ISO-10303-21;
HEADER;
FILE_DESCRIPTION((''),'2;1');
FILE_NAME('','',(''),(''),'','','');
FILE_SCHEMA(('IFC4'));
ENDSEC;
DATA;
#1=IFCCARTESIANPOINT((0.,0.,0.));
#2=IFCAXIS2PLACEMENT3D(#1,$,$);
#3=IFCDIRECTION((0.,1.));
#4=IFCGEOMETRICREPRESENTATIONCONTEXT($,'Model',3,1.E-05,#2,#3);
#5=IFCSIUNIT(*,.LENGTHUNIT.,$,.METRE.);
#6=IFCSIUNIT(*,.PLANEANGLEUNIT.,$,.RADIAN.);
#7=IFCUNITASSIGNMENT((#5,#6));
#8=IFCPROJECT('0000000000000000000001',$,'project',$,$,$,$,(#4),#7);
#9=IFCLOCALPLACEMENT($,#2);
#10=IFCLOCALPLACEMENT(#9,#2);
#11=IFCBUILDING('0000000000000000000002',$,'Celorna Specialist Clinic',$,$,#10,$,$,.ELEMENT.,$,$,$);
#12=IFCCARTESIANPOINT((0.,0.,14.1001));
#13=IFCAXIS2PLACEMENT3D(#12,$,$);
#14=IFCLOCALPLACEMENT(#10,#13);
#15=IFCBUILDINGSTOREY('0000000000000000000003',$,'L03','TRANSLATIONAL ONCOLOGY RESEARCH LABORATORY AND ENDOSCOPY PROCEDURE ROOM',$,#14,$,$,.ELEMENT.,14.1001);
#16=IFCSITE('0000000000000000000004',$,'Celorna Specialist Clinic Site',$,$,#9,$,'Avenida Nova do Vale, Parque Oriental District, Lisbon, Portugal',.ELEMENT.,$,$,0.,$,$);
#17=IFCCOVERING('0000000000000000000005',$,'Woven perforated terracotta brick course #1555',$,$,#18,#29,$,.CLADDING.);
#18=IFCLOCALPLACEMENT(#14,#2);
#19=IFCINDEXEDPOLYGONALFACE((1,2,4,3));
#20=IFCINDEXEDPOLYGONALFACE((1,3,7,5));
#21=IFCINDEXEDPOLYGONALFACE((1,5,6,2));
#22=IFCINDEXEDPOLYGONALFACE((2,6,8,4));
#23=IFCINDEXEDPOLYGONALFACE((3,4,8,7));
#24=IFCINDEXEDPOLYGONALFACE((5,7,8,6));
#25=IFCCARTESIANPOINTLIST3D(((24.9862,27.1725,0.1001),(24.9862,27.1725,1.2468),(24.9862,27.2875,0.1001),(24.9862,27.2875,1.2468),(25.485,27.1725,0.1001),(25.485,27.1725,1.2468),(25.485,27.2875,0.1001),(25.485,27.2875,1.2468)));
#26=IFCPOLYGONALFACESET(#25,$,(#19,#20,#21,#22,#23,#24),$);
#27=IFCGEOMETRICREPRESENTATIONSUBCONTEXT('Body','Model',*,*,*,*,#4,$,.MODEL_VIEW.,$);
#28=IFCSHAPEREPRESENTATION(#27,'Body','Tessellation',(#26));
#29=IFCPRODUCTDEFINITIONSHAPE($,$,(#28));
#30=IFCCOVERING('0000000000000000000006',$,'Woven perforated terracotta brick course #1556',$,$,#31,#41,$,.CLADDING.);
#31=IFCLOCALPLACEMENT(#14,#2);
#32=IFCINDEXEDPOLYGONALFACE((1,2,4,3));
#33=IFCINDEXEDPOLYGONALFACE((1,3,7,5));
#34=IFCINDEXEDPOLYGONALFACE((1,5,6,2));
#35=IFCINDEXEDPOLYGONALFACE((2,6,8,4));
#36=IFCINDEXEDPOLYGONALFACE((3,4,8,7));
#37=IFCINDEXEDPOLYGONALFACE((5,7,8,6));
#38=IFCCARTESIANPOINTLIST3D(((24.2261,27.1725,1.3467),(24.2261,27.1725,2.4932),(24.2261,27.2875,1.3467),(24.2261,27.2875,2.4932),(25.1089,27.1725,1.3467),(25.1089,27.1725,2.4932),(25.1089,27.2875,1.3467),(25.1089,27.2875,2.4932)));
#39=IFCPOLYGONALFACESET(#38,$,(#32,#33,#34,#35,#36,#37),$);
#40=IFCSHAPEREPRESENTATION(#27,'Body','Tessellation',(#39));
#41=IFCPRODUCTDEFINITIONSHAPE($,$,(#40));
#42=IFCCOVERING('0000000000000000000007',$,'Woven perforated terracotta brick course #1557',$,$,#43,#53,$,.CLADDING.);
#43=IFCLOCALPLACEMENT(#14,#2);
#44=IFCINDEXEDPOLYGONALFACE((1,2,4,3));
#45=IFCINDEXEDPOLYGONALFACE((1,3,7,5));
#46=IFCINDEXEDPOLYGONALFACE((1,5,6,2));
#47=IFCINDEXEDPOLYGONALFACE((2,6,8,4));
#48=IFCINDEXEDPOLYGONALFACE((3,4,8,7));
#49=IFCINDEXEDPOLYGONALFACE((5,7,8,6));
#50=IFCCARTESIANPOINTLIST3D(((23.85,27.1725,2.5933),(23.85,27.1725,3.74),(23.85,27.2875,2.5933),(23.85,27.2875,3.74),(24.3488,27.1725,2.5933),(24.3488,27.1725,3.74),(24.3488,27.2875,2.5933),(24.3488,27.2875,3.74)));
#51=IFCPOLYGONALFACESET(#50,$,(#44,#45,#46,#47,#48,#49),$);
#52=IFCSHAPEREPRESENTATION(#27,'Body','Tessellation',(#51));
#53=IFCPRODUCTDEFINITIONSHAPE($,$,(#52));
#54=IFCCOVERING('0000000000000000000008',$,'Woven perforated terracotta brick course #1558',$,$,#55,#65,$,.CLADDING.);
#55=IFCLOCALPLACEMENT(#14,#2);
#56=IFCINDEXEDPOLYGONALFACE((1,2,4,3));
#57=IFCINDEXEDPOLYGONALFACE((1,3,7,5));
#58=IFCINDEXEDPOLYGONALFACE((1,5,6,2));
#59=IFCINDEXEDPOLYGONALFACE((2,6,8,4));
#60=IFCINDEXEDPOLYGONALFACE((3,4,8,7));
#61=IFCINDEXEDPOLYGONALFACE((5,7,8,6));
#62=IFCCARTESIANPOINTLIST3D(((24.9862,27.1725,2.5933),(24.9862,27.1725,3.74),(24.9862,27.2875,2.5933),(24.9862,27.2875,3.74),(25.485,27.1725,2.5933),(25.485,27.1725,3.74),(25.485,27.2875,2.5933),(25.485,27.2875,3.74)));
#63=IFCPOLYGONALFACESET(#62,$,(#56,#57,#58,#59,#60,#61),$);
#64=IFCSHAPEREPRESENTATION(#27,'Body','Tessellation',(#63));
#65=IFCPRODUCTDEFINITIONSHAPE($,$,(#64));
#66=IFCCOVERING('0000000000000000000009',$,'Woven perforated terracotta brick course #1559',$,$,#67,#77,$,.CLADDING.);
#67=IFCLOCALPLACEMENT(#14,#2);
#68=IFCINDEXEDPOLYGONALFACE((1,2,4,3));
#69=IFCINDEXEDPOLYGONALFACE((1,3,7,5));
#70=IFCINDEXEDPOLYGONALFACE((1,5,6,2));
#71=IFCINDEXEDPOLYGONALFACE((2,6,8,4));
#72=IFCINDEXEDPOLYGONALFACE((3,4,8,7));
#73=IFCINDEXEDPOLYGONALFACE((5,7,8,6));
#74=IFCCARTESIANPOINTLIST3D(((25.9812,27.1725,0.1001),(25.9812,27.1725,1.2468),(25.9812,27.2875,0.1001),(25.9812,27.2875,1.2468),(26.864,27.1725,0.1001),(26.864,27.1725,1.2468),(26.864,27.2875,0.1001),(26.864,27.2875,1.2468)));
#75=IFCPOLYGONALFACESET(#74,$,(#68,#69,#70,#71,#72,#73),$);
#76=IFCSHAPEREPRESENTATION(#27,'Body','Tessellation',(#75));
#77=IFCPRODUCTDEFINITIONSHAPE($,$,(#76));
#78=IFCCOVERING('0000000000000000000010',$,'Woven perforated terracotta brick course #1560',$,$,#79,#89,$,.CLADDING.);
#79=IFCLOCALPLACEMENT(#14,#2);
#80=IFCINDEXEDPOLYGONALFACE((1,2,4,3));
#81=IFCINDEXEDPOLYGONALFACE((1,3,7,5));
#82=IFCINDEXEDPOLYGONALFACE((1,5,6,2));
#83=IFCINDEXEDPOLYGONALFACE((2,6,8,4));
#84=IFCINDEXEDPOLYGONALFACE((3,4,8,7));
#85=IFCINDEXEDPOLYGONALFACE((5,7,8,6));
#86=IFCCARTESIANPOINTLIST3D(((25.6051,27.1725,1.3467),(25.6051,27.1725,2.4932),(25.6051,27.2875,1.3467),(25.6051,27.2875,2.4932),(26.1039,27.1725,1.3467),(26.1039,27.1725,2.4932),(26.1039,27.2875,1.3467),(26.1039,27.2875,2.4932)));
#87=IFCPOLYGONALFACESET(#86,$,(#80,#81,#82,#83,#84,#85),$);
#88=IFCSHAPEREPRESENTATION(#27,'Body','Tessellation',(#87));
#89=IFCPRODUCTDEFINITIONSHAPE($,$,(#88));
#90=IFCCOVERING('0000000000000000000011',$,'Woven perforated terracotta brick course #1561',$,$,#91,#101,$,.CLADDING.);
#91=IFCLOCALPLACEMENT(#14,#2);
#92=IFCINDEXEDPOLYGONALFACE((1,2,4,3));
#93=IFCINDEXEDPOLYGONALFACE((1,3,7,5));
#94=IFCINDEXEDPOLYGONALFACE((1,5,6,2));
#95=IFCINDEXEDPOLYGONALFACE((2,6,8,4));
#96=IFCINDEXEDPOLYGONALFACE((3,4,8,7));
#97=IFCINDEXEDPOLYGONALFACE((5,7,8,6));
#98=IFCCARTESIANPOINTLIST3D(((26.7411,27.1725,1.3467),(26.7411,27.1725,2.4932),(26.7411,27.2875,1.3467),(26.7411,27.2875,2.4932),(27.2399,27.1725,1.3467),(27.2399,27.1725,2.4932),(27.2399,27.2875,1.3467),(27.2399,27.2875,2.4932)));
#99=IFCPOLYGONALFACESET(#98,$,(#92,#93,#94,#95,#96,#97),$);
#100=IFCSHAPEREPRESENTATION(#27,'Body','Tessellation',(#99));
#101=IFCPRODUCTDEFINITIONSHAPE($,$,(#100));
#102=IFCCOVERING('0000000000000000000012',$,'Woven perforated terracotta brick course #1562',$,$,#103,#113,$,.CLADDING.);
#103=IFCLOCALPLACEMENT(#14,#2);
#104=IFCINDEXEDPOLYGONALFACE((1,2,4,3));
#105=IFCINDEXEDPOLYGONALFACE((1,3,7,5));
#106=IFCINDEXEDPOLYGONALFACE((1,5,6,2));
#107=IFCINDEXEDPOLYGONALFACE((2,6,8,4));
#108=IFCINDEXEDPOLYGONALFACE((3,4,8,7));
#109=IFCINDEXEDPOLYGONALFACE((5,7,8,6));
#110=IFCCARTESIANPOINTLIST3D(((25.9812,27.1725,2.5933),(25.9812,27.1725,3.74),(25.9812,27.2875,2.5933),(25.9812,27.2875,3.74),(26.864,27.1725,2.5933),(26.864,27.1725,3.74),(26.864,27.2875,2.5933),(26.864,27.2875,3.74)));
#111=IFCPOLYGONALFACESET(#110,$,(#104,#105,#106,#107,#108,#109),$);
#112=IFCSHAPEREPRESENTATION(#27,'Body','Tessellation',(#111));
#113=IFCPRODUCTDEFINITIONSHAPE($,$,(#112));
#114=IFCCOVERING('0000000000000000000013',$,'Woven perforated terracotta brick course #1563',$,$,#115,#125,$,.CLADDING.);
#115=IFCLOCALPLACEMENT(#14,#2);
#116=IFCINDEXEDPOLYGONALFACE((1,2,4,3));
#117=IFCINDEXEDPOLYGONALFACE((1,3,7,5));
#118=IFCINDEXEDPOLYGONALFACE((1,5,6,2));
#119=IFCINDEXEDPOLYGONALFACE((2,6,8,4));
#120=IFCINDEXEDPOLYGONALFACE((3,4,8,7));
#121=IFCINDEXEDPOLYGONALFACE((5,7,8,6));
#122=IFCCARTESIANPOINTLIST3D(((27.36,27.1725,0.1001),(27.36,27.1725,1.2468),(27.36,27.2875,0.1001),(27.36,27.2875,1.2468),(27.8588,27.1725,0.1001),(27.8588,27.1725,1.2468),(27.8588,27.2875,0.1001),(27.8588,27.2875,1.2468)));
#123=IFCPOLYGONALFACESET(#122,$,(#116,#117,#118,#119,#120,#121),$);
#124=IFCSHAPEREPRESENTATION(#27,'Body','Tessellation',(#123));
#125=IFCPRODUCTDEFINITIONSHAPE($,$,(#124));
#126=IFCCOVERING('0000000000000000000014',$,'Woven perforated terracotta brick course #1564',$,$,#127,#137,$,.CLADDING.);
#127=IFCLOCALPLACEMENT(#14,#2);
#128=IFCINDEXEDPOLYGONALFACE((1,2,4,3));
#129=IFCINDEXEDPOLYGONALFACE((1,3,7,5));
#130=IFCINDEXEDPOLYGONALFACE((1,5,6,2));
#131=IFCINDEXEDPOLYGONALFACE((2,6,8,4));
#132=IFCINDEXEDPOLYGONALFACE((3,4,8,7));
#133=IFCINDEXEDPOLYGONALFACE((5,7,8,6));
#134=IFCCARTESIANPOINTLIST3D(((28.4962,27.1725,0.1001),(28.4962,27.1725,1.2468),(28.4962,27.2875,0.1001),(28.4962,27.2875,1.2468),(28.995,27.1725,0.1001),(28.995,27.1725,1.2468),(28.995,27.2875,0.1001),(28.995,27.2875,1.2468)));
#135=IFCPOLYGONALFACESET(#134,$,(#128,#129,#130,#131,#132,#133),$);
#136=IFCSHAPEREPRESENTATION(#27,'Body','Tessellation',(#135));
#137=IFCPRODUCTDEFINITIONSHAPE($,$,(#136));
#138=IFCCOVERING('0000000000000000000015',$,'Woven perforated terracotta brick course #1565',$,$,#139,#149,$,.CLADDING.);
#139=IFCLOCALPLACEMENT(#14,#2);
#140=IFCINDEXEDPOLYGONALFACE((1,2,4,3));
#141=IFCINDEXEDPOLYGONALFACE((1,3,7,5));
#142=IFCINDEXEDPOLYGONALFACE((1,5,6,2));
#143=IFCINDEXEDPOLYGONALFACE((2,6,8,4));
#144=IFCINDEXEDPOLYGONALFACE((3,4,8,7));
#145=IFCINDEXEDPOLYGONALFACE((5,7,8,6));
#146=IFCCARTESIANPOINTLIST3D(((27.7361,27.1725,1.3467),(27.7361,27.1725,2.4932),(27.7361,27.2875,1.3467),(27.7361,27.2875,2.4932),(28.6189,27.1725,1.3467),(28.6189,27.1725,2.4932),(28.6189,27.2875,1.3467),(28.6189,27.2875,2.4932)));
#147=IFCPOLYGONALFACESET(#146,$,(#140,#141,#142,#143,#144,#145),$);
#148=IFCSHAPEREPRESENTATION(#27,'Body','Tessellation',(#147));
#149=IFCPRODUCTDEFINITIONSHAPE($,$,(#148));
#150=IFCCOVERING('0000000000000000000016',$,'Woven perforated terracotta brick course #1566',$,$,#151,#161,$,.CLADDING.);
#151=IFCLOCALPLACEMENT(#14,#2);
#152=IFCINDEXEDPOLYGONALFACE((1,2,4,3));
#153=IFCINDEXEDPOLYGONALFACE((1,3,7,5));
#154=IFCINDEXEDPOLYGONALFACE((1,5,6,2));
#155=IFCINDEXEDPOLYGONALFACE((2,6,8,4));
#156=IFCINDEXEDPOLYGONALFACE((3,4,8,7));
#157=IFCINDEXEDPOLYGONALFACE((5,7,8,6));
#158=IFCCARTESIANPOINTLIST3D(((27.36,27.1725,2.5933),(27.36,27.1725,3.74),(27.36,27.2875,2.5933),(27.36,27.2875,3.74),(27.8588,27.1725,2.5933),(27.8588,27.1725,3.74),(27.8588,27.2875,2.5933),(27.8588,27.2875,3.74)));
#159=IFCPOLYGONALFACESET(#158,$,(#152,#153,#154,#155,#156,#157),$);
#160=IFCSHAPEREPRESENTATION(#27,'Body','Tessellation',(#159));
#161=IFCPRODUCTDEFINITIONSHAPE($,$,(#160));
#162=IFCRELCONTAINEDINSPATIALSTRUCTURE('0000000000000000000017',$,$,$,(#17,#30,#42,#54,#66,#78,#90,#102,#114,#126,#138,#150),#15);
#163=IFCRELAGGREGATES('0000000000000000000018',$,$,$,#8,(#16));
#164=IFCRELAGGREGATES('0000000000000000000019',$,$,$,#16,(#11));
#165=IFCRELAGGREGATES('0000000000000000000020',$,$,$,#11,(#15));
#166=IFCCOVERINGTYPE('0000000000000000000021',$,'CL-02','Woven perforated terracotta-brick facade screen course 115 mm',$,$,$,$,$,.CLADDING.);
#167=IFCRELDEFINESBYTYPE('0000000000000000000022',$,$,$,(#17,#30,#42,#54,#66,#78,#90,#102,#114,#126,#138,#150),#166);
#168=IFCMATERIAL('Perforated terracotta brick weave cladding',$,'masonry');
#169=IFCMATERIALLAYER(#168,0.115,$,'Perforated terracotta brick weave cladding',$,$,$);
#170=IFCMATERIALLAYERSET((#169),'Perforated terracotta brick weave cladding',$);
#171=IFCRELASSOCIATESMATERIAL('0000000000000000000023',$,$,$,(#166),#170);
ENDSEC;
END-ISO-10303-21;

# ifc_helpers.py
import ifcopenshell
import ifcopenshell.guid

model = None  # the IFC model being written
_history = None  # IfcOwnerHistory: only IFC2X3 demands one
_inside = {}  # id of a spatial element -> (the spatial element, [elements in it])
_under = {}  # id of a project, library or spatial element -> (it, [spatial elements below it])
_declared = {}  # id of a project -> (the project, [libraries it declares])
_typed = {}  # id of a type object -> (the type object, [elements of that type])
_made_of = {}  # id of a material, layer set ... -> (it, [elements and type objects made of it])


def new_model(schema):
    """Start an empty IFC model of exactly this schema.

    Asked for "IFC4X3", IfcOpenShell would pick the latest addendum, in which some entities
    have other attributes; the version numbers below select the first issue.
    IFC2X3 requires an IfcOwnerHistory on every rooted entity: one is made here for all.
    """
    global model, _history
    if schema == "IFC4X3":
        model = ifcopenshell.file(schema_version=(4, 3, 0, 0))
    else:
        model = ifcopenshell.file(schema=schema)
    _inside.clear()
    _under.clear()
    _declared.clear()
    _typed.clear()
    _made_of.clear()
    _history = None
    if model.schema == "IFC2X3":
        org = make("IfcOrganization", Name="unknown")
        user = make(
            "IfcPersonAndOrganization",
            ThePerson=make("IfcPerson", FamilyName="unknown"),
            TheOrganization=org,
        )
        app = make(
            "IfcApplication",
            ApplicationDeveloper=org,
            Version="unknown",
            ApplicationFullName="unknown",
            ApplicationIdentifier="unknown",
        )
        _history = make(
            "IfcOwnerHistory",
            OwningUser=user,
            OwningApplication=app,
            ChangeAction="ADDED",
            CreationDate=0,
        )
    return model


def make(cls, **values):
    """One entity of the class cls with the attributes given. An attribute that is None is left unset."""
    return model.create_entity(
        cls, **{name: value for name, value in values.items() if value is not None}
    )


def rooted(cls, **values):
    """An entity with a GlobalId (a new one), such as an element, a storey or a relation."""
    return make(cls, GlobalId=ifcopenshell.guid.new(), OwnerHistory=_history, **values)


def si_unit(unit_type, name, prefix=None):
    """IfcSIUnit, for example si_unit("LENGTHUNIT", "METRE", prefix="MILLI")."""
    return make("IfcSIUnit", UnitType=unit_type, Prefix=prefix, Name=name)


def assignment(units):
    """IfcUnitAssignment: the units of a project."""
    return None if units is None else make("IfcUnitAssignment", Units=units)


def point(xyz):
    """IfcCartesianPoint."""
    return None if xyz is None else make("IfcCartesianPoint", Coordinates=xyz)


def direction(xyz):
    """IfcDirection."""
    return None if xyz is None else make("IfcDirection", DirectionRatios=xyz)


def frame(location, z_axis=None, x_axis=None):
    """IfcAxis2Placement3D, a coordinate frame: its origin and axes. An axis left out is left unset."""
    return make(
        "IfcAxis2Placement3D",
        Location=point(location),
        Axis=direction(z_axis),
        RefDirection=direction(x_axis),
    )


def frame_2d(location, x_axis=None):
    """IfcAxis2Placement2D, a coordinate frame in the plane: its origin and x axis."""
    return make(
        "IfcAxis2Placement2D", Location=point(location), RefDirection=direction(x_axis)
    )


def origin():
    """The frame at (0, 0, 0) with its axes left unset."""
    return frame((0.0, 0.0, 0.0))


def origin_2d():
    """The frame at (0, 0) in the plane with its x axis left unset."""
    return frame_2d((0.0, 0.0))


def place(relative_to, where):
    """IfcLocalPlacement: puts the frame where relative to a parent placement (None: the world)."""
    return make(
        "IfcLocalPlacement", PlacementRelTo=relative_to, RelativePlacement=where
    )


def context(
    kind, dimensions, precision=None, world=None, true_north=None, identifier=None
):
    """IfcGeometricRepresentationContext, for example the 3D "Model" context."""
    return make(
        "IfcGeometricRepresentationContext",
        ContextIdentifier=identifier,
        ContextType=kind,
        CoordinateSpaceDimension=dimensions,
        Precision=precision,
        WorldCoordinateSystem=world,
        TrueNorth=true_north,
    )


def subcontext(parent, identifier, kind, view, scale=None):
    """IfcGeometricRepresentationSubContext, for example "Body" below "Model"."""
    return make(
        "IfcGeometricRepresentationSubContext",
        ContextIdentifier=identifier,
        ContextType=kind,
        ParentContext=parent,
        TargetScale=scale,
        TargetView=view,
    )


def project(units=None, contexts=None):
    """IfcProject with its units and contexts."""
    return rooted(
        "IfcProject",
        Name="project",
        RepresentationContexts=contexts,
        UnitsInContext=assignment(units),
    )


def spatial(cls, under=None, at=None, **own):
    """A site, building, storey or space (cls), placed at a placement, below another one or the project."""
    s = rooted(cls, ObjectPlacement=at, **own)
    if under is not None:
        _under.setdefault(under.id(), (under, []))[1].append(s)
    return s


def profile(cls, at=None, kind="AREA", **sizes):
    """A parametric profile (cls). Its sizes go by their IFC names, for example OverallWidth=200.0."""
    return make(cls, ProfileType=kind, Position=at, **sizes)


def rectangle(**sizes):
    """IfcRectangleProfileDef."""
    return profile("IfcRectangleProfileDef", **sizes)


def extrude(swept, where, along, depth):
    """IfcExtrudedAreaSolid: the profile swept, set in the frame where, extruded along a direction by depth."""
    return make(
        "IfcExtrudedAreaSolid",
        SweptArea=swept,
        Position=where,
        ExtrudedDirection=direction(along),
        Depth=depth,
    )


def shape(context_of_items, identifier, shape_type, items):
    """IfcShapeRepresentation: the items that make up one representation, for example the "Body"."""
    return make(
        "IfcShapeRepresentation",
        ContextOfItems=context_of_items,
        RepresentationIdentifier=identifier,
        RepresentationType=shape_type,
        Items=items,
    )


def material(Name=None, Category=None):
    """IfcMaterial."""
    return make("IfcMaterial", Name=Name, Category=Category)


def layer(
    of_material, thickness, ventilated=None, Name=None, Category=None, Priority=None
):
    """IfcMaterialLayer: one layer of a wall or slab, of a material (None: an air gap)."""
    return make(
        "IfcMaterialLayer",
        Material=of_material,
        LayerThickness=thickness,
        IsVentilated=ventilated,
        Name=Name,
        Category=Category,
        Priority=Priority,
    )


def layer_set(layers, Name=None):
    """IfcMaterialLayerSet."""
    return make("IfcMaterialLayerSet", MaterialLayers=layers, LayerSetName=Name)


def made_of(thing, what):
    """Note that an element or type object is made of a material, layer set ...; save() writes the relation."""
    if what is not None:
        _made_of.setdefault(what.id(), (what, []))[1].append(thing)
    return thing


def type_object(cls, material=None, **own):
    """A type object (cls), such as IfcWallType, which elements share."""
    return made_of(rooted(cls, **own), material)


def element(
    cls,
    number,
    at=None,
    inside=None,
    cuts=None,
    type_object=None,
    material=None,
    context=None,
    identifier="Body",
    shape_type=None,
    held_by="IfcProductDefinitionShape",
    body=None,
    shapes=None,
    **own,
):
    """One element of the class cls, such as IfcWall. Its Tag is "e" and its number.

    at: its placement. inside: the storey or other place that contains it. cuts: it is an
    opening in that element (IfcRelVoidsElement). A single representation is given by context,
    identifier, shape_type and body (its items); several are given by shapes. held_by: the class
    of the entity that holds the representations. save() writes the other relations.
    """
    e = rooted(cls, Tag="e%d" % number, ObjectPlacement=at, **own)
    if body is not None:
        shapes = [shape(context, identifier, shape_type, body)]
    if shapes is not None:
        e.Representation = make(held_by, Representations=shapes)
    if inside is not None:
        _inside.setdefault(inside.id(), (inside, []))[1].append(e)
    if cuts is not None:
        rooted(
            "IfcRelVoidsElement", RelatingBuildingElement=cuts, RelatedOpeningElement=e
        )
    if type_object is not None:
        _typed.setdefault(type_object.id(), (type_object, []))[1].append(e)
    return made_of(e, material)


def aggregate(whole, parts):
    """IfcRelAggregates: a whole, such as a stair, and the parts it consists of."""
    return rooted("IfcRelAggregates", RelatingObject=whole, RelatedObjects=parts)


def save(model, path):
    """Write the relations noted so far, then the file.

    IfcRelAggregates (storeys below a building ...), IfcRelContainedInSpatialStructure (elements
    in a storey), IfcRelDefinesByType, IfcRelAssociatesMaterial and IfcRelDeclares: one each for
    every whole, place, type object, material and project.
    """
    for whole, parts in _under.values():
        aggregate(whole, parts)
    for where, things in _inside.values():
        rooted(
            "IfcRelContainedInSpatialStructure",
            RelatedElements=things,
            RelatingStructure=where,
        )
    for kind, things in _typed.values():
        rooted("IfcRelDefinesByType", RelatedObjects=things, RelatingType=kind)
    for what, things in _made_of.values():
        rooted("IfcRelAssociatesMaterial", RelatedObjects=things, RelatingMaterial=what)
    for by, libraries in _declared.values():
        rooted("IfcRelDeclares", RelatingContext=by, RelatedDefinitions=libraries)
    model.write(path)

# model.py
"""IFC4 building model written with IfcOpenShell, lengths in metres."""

from ifc_helpers import new_model, si_unit, direction, frame, origin, origin_2d, place, context, subcontext, project, spatial, rectangle, extrude, material, layer, layer_set, type_object, element, save


model = new_model("IFC4")

# Units and contexts
model_context = context("Model", 3, precision=1e-05, world=origin(), true_north=direction((0.0, 1.0)))
body_context = subcontext(model_context, "Body", "Model", "MODEL_VIEW")
ifc_project = project(units=[si_unit("LENGTHUNIT", "METRE"), si_unit("PLANEANGLEUNIT", "RADIAN")], contexts=[model_context])

# Site, building, storey
site_placement = place(None, origin())
site = spatial("IfcSite", under=ifc_project, at=site_placement, Name="Celorna Specialist Clinic Site", LongName="Avenida Nova do Vale, Parque Oriental District, Lisbon, Portugal", CompositionType="ELEMENT", RefElevation=0.0)
building_placement = place(site_placement, origin())
building = spatial("IfcBuilding", under=site, at=building_placement, Name="Celorna Specialist Clinic", CompositionType="ELEMENT")
storey_placement = place(building_placement, frame((0.0, 0.0, 14.1001)))
storey = spatial("IfcBuildingStorey", under=building, at=storey_placement, Name="L03", Description="TRANSLATIONAL ONCOLOGY RESEARCH LABORATORY AND ENDOSCOPY PROCEDURE ROOM", CompositionType="ELEMENT", Elevation=14.1001)

# Coverings
ifc_material_1 = material(Name="Perforated terracotta brick weave cladding", Category="masonry")
ifc_layer_1 = layer(ifc_material_1, 0.115, Name="Perforated terracotta brick weave cladding")
ifc_layer_set_1 = layer_set([ifc_layer_1], Name="Perforated terracotta brick weave cladding")
covering_type = type_object("IfcCoveringType", Name="CL-02", Description="Woven perforated terracotta-brick facade screen course 115 mm", PredefinedType="CLADDING", material=ifc_layer_set_1)
for number, where, z_axis, x_axis, name in (
    (1, (25.2356, 27.23, 0.1001), (0.0, 0.0, 1.0), (1.0, 0.0, 0.0), "Woven perforated terracotta brick course #1555"),
):
    element("IfcCovering", number, at=place(storey_placement, frame(where, z_axis=z_axis, x_axis=x_axis)), inside=storey, type_object=covering_type, Name=name, PredefinedType="CLADDING", context=body_context, shape_type="SweptSolid", body=[
        extrude(rectangle(XDim=0.4988, YDim=0.115, at=origin_2d()), origin(), (0.0, 0.0, 1.0), 1.1467),
    ])
covering_1_placement = place(storey_placement, frame((24.6675, 27.23, 1.3467), z_axis=(0.0, 0.0, 1.0), x_axis=(1.0, 0.0, 0.0)))
element("IfcCovering", 2, at=covering_1_placement, inside=storey, type_object=covering_type, Name="Woven perforated terracotta brick course #1556", PredefinedType="CLADDING", context=body_context, shape_type="SweptSolid", body=[
    extrude(rectangle(XDim=0.8828, YDim=0.115, at=origin_2d()), origin(), (0.0, 0.0, 1.0), 1.1465),
])
for number, where, z_axis, x_axis, name in (
    (3, (24.0994, 27.23, 2.5933), (0.0, 0.0, 1.0), (1.0, 0.0, 0.0), "Woven perforated terracotta brick course #1557"),
    (4, (25.2356, 27.23, 2.5933), (0.0, 0.0, 1.0), (1.0, 0.0, 0.0), "Woven perforated terracotta brick course #1558"),
):
    element("IfcCovering", number, at=place(storey_placement, frame(where, z_axis=z_axis, x_axis=x_axis)), inside=storey, type_object=covering_type, Name=name, PredefinedType="CLADDING", context=body_context, shape_type="SweptSolid", body=[
        extrude(rectangle(XDim=0.4988, YDim=0.115, at=origin_2d()), origin(), (0.0, 0.0, 1.0), 1.1467),
    ])
covering_2_placement = place(storey_placement, frame((26.4226, 27.23, 0.1001), z_axis=(0.0, 0.0, 1.0), x_axis=(1.0, 0.0, 0.0)))
element("IfcCovering", 5, at=covering_2_placement, inside=storey, type_object=covering_type, Name="Woven perforated terracotta brick course #1559", PredefinedType="CLADDING", context=body_context, shape_type="SweptSolid", body=[
    extrude(rectangle(XDim=0.8828, YDim=0.115, at=origin_2d()), origin(), (0.0, 0.0, 1.0), 1.1467),
])
for number, where, z_axis, x_axis, name in (
    (6, (25.8545, 27.23, 1.3467), (0.0, 0.0, 1.0), (1.0, 0.0, 0.0), "Woven perforated terracotta brick course #1560"),
    (7, (26.9905, 27.23, 1.3467), (0.0, 0.0, 1.0), (1.0, 0.0, 0.0), "Woven perforated terracotta brick course #1561"),
):
    element("IfcCovering", number, at=place(storey_placement, frame(where, z_axis=z_axis, x_axis=x_axis)), inside=storey, type_object=covering_type, Name=name, PredefinedType="CLADDING", context=body_context, shape_type="SweptSolid", body=[
        extrude(rectangle(XDim=0.4988, YDim=0.115, at=origin_2d()), origin(), (0.0, 0.0, 1.0), 1.1465),
    ])
covering_3_placement = place(storey_placement, frame((26.4226, 27.23, 2.5933), z_axis=(0.0, 0.0, 1.0), x_axis=(1.0, 0.0, 0.0)))
element("IfcCovering", 8, at=covering_3_placement, inside=storey, type_object=covering_type, Name="Woven perforated terracotta brick course #1562", PredefinedType="CLADDING", context=body_context, shape_type="SweptSolid", body=[
    extrude(rectangle(XDim=0.8828, YDim=0.115, at=origin_2d()), origin(), (0.0, 0.0, 1.0), 1.1467),
])
for number, where, z_axis, x_axis, name in (
    (9, (27.6094, 27.23, 0.1001), (0.0, 0.0, 1.0), (1.0, 0.0, 0.0), "Woven perforated terracotta brick course #1563"),
    (10, (28.7456, 27.23, 0.1001), (0.0, 0.0, 1.0), (1.0, 0.0, 0.0), "Woven perforated terracotta brick course #1564"),
):
    element("IfcCovering", number, at=place(storey_placement, frame(where, z_axis=z_axis, x_axis=x_axis)), inside=storey, type_object=covering_type, Name=name, PredefinedType="CLADDING", context=body_context, shape_type="SweptSolid", body=[
        extrude(rectangle(XDim=0.4988, YDim=0.115, at=origin_2d()), origin(), (0.0, 0.0, 1.0), 1.1467),
    ])
covering_4_placement = place(storey_placement, frame((28.1775, 27.23, 1.3467), z_axis=(0.0, 0.0, 1.0), x_axis=(1.0, 0.0, 0.0)))
element("IfcCovering", 11, at=covering_4_placement, inside=storey, type_object=covering_type, Name="Woven perforated terracotta brick course #1565", PredefinedType="CLADDING", context=body_context, shape_type="SweptSolid", body=[
    extrude(rectangle(XDim=0.8828, YDim=0.115, at=origin_2d()), origin(), (0.0, 0.0, 1.0), 1.1465),
])
covering_5_placement = place(storey_placement, frame((27.6094, 27.23, 2.5933), z_axis=(0.0, 0.0, 1.0), x_axis=(1.0, 0.0, 0.0)))
element("IfcCovering", 12, at=covering_5_placement, inside=storey, type_object=covering_type, Name="Woven perforated terracotta brick course #1566", PredefinedType="CLADDING", context=body_context, shape_type="SweptSolid", body=[
    extrude(rectangle(XDim=0.4988, YDim=0.115, at=origin_2d()), origin(), (0.0, 0.0, 1.0), 1.1467),
])

save(model, "model.ifc")
